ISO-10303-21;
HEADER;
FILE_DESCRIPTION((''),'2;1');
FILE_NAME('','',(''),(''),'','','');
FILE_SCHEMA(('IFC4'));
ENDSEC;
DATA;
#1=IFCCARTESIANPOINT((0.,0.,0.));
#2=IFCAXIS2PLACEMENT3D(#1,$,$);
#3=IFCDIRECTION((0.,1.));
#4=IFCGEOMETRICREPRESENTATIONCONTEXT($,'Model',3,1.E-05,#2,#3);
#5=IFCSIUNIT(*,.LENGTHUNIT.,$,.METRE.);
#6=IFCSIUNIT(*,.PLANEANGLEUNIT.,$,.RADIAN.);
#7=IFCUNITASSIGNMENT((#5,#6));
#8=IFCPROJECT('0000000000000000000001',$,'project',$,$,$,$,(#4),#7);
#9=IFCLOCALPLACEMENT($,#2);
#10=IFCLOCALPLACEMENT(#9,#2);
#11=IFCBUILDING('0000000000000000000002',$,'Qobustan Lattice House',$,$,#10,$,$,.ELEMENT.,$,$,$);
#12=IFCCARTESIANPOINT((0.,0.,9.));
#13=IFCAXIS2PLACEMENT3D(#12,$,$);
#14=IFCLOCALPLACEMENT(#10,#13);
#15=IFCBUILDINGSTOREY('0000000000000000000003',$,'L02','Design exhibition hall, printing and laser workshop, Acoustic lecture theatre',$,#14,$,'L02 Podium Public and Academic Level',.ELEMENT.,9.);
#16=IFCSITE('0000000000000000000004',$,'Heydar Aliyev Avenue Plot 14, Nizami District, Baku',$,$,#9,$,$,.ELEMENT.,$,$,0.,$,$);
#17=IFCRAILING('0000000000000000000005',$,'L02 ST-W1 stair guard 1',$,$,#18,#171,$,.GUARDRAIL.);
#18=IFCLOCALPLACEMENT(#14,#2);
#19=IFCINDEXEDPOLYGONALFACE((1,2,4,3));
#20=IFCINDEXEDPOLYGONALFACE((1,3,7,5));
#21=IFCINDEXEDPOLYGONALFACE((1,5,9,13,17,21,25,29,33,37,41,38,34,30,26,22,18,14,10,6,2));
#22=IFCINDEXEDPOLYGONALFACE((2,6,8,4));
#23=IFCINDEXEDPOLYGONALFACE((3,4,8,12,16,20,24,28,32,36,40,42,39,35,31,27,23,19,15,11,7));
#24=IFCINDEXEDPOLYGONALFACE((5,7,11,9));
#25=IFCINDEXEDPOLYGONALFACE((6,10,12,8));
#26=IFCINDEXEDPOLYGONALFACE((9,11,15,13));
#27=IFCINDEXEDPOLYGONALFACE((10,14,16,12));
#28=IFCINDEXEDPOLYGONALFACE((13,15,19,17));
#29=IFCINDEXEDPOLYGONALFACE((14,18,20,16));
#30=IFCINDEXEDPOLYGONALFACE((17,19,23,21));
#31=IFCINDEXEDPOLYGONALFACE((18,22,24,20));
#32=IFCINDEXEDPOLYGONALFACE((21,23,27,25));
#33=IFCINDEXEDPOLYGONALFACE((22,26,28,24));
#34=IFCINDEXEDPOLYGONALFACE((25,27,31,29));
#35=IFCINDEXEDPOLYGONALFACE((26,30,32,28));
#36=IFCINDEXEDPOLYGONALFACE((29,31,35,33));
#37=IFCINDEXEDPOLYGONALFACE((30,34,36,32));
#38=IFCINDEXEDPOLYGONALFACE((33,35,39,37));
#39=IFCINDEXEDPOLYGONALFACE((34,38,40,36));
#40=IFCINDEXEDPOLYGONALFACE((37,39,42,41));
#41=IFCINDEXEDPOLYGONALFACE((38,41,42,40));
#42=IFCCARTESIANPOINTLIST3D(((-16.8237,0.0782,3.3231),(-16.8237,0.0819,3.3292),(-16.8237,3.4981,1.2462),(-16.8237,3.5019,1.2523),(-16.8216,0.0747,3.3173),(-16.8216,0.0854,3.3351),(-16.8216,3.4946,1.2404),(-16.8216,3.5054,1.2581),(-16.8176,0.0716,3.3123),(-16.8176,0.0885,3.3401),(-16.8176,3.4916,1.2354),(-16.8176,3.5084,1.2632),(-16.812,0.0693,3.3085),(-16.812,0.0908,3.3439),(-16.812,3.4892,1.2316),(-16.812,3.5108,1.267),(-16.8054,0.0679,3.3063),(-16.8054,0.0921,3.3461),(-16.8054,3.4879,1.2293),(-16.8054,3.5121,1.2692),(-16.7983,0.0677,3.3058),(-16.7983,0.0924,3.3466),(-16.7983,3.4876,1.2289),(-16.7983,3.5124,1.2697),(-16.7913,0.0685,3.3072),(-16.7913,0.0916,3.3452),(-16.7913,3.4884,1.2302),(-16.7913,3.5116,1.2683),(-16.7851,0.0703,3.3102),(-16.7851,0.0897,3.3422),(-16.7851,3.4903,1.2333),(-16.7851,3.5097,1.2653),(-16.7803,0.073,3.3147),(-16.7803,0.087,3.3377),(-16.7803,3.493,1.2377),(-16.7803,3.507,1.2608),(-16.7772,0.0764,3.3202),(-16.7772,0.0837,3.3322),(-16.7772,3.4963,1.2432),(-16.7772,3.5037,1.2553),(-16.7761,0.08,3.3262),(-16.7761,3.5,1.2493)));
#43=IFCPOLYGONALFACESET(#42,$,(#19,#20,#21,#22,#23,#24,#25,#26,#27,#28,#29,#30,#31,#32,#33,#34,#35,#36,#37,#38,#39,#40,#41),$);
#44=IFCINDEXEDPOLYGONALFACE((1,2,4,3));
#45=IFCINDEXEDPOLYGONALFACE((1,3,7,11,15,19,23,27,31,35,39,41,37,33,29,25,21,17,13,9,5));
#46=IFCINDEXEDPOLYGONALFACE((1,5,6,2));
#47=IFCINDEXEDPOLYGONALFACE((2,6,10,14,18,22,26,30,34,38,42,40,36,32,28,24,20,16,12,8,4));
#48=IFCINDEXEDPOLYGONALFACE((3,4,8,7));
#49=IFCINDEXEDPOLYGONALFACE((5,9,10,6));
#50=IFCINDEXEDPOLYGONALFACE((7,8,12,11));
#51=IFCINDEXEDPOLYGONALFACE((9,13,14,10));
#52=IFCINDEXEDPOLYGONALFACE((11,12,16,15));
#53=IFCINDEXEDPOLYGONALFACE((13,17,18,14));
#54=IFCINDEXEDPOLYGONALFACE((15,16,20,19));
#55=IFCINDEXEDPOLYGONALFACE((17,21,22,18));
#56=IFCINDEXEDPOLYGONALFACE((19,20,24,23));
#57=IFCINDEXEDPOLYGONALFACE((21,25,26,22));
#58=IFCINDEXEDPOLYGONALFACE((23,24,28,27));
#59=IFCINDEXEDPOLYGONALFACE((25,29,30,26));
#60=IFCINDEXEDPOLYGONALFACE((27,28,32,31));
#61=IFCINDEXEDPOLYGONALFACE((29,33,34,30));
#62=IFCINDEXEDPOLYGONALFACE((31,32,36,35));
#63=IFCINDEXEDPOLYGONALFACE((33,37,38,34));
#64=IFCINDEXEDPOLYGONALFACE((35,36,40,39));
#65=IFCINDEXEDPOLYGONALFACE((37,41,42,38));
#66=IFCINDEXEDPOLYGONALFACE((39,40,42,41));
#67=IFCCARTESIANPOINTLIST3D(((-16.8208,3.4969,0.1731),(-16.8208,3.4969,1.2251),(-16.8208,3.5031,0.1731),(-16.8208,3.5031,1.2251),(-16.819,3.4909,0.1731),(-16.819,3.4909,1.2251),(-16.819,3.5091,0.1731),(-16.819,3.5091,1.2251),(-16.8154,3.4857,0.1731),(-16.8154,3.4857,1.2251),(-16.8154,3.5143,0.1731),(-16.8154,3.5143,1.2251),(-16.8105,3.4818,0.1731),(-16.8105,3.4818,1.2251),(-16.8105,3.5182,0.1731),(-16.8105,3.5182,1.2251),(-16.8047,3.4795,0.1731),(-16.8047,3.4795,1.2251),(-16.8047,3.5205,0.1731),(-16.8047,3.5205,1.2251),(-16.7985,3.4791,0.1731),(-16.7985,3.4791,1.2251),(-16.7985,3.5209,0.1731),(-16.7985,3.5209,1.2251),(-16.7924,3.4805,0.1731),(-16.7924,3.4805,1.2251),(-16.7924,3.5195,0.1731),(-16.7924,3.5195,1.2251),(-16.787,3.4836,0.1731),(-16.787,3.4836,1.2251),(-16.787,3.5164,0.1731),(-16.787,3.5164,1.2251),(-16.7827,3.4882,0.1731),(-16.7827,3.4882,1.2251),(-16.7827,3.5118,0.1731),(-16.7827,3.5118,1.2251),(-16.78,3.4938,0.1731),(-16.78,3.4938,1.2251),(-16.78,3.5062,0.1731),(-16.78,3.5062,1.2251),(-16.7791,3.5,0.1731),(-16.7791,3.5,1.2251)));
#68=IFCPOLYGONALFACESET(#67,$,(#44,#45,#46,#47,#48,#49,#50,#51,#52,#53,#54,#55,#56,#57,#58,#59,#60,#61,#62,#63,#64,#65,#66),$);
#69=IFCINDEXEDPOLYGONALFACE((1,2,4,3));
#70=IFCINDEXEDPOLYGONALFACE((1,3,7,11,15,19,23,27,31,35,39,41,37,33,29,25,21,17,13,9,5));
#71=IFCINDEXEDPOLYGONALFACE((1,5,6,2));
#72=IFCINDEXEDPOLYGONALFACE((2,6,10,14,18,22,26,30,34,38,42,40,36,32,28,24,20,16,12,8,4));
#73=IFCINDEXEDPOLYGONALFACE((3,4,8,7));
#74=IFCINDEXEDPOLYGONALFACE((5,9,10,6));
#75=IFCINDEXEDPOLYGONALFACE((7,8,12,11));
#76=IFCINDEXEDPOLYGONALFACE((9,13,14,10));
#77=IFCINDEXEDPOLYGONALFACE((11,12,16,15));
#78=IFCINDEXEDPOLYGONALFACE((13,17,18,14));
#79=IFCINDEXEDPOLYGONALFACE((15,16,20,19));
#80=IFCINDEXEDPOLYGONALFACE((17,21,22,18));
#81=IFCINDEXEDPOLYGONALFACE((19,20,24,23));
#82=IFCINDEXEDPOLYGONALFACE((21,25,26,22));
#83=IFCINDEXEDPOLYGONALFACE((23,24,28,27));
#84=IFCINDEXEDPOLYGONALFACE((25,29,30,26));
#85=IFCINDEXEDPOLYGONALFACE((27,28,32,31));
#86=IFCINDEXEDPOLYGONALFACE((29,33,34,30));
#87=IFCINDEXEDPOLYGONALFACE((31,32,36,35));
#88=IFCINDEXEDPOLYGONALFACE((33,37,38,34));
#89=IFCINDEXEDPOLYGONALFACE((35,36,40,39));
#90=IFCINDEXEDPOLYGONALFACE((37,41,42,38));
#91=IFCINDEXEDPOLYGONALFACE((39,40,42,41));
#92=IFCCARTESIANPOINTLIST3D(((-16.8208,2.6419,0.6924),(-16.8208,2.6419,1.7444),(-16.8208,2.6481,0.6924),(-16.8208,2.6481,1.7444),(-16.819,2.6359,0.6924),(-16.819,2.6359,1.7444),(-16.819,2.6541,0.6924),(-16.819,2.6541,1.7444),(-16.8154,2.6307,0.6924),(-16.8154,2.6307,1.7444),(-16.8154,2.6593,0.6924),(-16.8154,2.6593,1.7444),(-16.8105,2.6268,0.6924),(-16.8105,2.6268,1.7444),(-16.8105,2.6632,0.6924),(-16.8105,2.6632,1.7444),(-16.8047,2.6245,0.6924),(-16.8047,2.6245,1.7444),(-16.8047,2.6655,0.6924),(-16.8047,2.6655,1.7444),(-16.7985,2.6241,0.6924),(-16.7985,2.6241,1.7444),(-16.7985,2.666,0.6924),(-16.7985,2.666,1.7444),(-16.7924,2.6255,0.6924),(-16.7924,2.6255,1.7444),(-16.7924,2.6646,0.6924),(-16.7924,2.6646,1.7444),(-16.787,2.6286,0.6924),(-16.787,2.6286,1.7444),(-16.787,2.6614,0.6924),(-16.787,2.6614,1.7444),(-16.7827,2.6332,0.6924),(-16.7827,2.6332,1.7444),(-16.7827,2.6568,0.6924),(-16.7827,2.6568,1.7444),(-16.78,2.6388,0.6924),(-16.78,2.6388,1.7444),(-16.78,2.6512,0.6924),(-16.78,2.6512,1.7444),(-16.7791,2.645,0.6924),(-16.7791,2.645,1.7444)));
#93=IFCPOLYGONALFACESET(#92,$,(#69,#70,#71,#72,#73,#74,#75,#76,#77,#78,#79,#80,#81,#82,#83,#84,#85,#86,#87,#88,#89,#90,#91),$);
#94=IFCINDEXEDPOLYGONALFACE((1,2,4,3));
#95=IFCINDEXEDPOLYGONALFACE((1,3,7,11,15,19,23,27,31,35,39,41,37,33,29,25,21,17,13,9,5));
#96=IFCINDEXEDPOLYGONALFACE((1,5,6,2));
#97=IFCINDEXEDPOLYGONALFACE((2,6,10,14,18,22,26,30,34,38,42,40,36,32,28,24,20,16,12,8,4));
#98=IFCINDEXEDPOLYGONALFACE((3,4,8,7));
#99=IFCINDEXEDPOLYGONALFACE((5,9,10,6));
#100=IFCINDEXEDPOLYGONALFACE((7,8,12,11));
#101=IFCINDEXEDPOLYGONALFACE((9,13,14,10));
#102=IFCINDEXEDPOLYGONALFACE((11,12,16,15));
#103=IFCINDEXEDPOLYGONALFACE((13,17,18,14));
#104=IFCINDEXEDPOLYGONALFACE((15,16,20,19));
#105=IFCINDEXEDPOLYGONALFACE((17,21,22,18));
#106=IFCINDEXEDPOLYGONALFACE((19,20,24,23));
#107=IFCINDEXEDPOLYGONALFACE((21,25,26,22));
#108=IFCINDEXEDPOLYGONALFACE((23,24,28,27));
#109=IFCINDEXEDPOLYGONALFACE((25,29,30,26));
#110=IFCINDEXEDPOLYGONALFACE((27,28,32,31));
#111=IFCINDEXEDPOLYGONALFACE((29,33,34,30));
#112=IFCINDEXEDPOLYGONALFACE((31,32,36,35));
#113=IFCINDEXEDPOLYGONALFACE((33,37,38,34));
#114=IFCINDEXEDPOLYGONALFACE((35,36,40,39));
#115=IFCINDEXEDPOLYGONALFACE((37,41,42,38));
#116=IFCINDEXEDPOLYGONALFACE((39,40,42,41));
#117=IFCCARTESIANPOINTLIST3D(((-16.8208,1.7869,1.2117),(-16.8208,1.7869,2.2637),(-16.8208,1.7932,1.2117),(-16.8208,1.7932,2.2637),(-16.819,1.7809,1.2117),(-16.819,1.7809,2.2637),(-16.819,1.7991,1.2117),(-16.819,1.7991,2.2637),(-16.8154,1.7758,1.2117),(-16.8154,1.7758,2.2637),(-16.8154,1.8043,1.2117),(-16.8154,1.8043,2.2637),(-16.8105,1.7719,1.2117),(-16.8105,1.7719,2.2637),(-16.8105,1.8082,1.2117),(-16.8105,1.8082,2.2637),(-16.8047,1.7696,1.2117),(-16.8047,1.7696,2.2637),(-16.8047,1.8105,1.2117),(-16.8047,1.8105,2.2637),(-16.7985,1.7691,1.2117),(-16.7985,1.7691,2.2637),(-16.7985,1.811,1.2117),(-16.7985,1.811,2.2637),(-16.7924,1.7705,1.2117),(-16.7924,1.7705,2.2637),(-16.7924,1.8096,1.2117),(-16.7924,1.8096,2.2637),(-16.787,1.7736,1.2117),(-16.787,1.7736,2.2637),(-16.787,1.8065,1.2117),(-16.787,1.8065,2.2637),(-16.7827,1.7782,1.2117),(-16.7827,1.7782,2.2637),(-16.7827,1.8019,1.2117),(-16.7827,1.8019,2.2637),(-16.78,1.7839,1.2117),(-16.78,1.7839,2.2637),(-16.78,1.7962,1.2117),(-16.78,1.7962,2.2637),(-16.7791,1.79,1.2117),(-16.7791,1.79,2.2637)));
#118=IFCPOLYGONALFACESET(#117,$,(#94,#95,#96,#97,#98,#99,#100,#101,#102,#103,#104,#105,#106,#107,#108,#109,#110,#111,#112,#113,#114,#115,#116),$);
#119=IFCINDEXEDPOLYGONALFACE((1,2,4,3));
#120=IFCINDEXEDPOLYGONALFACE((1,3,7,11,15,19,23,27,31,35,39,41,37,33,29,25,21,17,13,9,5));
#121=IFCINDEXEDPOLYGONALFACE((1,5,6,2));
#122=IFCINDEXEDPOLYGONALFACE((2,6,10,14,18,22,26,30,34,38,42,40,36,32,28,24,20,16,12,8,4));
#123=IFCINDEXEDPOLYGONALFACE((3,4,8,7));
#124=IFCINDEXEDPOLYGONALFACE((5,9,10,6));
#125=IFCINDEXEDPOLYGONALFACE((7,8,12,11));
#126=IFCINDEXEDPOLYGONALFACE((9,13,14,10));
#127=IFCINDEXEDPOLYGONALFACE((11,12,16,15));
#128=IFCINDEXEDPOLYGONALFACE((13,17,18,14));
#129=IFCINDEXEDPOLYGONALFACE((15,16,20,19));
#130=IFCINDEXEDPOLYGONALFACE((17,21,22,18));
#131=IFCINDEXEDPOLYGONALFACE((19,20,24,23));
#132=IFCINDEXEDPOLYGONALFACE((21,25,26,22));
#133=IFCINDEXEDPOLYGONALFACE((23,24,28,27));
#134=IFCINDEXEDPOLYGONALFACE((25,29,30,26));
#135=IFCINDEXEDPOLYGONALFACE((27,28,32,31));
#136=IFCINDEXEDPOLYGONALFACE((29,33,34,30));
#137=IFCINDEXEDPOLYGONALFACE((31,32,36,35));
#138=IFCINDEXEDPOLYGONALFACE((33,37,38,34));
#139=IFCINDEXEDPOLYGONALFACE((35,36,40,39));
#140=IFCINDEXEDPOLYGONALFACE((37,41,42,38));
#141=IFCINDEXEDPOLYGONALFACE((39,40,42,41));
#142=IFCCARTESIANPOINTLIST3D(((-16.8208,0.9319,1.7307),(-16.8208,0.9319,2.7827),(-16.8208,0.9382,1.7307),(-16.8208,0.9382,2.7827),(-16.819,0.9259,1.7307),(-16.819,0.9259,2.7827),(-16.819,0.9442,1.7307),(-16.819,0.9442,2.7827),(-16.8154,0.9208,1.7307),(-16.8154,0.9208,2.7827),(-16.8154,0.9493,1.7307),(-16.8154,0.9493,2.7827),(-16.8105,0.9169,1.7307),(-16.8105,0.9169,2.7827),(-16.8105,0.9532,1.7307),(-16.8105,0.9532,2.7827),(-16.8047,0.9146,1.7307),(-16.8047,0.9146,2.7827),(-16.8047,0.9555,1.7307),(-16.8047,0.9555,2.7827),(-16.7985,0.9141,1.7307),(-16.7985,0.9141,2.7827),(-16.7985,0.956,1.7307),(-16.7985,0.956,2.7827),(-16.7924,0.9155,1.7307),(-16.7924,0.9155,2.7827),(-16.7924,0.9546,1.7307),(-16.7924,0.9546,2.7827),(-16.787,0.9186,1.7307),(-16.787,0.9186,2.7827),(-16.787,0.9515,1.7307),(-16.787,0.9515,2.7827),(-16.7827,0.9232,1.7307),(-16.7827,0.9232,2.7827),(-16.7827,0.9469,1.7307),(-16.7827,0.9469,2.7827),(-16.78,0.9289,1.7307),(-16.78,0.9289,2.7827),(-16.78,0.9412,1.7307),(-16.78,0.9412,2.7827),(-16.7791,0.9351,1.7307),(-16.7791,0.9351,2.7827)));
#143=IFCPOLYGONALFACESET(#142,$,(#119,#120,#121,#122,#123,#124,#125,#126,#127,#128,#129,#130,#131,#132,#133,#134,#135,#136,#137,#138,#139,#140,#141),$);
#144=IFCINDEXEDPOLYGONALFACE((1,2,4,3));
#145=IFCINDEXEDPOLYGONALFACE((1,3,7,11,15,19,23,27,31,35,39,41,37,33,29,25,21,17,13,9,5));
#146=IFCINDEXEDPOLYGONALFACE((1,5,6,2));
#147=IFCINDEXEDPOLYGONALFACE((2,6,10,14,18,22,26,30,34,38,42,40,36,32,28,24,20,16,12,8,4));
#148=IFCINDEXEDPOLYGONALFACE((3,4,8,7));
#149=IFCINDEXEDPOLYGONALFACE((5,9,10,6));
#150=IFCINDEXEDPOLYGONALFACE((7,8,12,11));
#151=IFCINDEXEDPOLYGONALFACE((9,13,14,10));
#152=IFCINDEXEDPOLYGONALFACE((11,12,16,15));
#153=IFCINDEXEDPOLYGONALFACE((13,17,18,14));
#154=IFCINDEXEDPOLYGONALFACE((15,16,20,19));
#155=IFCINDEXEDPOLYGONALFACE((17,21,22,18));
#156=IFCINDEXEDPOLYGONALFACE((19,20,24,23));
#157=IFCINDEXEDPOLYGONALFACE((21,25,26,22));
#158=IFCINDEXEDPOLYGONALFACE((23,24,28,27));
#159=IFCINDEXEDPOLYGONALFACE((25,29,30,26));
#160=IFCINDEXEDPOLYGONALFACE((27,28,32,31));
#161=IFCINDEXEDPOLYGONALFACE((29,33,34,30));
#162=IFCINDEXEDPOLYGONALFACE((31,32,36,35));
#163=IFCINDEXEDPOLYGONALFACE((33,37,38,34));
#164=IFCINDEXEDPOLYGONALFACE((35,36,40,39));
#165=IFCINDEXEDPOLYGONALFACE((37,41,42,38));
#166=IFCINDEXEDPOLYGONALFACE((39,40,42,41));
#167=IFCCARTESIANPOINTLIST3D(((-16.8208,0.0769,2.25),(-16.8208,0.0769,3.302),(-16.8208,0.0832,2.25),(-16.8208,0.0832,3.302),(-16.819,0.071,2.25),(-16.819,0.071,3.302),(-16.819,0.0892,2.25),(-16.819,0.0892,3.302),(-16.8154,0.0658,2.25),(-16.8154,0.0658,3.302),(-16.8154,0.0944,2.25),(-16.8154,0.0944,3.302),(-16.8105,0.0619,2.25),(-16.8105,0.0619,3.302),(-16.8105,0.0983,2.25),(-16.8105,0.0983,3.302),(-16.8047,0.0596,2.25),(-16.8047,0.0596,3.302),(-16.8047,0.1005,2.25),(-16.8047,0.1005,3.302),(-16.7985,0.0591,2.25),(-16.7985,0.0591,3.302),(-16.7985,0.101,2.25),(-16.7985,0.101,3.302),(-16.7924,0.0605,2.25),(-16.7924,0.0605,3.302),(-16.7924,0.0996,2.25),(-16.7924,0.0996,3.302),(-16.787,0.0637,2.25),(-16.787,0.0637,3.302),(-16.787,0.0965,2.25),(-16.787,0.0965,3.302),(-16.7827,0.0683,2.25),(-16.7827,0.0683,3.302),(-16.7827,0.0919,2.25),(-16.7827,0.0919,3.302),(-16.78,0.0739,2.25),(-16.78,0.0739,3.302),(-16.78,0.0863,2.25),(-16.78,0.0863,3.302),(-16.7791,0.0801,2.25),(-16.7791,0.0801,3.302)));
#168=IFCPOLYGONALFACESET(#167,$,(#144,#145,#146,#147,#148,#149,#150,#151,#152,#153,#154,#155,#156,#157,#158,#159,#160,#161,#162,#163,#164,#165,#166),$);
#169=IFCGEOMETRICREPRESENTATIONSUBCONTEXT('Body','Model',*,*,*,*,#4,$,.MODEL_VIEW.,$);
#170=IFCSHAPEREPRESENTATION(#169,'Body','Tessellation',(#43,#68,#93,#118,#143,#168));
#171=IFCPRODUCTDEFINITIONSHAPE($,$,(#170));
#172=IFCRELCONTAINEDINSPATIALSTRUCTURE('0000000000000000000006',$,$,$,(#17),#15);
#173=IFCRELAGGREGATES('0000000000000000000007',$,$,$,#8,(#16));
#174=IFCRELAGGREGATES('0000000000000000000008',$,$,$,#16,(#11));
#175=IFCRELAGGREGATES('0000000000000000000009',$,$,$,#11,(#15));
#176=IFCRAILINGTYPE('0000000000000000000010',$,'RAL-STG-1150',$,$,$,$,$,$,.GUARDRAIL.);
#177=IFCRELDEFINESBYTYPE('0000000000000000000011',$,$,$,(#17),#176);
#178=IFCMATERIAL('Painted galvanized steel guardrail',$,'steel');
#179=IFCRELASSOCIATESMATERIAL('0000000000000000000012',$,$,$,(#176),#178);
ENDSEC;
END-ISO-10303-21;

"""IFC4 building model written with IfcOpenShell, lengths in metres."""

from ifc_helpers import new_model, si_unit, direction, frame, origin, origin_2d, place, context, subcontext, project, spatial, circle, extrude, material, type_object, element, save


model = new_model("IFC4")

# Units and contexts
model_context = context("Model", 3, precision=1e-05, world=origin(), true_north=direction((0.0, 1.0)))
body_context = subcontext(model_context, "Body", "Model", "MODEL_VIEW")
ifc_project = project(units=[si_unit("LENGTHUNIT", "METRE"), si_unit("PLANEANGLEUNIT", "RADIAN")], contexts=[model_context])

# Site, building, storey
site_placement = place(None, origin())
site = spatial("IfcSite", under=ifc_project, at=site_placement, Name="Heydar Aliyev Avenue Plot 14, Nizami District, Baku", CompositionType="ELEMENT", RefElevation=0.0)
building_placement = place(site_placement, origin())
building = spatial("IfcBuilding", under=site, at=building_placement, Name="Qobustan Lattice House", CompositionType="ELEMENT")
storey_placement = place(building_placement, frame((0.0, 0.0, 9.0)))
storey = spatial("IfcBuildingStorey", under=building, at=storey_placement, Name="L02", Description="Design exhibition hall, printing and laser workshop, Acoustic lecture theatre", LongName="L02 Podium Public and Academic Level", CompositionType="ELEMENT", Elevation=9.0)

# Railing
ifc_material_1 = material(Name="Painted galvanized steel guardrail", Category="steel")
railing_type_1 = type_object("IfcRailingType", Name="RAL-STG-1150", PredefinedType="GUARDRAIL", material=ifc_material_1)
railing_1_placement = place(storey_placement, frame((-16.8, 3.5, 0.1731)))
element("IfcRailing", 1, at=railing_1_placement, inside=storey, type_object=railing_type_1, Name="L02 ST-W1 stair guard 1", PredefinedType="GUARDRAIL", context=body_context, shape_type="SweptSolid", body=[
    extrude(circle(Radius=0.0239, at=origin_2d()), frame((0.0, 0.0, 1.0762), z_axis=(0.0, -0.85473, 0.519074), x_axis=(1.0, 0.0, 0.0)), (0.0, 0.0, 1.0), 4.0012),
    extrude(circle(Radius=0.021, at=origin_2d()), origin(), (0.0, 0.0, 1.0), 1.052),
    extrude(circle(Radius=0.021, at=origin_2d()), frame((0.0, -0.855, 0.5193)), (0.0, 0.0, 1.0), 1.052),
    extrude(circle(Radius=0.021, at=origin_2d()), frame((0.0, -1.71, 1.0386)), (0.0, 0.0, 1.0), 1.052),
    extrude(circle(Radius=0.021, at=origin_2d()), frame((0.0, -2.5649, 1.5576)), (0.0, 0.0, 1.0), 1.052),
    extrude(circle(Radius=0.021, at=origin_2d()), frame((0.0, -3.4199, 2.0769)), (0.0, 0.0, 1.0), 1.052),
])

save(model, "model.ifc")
